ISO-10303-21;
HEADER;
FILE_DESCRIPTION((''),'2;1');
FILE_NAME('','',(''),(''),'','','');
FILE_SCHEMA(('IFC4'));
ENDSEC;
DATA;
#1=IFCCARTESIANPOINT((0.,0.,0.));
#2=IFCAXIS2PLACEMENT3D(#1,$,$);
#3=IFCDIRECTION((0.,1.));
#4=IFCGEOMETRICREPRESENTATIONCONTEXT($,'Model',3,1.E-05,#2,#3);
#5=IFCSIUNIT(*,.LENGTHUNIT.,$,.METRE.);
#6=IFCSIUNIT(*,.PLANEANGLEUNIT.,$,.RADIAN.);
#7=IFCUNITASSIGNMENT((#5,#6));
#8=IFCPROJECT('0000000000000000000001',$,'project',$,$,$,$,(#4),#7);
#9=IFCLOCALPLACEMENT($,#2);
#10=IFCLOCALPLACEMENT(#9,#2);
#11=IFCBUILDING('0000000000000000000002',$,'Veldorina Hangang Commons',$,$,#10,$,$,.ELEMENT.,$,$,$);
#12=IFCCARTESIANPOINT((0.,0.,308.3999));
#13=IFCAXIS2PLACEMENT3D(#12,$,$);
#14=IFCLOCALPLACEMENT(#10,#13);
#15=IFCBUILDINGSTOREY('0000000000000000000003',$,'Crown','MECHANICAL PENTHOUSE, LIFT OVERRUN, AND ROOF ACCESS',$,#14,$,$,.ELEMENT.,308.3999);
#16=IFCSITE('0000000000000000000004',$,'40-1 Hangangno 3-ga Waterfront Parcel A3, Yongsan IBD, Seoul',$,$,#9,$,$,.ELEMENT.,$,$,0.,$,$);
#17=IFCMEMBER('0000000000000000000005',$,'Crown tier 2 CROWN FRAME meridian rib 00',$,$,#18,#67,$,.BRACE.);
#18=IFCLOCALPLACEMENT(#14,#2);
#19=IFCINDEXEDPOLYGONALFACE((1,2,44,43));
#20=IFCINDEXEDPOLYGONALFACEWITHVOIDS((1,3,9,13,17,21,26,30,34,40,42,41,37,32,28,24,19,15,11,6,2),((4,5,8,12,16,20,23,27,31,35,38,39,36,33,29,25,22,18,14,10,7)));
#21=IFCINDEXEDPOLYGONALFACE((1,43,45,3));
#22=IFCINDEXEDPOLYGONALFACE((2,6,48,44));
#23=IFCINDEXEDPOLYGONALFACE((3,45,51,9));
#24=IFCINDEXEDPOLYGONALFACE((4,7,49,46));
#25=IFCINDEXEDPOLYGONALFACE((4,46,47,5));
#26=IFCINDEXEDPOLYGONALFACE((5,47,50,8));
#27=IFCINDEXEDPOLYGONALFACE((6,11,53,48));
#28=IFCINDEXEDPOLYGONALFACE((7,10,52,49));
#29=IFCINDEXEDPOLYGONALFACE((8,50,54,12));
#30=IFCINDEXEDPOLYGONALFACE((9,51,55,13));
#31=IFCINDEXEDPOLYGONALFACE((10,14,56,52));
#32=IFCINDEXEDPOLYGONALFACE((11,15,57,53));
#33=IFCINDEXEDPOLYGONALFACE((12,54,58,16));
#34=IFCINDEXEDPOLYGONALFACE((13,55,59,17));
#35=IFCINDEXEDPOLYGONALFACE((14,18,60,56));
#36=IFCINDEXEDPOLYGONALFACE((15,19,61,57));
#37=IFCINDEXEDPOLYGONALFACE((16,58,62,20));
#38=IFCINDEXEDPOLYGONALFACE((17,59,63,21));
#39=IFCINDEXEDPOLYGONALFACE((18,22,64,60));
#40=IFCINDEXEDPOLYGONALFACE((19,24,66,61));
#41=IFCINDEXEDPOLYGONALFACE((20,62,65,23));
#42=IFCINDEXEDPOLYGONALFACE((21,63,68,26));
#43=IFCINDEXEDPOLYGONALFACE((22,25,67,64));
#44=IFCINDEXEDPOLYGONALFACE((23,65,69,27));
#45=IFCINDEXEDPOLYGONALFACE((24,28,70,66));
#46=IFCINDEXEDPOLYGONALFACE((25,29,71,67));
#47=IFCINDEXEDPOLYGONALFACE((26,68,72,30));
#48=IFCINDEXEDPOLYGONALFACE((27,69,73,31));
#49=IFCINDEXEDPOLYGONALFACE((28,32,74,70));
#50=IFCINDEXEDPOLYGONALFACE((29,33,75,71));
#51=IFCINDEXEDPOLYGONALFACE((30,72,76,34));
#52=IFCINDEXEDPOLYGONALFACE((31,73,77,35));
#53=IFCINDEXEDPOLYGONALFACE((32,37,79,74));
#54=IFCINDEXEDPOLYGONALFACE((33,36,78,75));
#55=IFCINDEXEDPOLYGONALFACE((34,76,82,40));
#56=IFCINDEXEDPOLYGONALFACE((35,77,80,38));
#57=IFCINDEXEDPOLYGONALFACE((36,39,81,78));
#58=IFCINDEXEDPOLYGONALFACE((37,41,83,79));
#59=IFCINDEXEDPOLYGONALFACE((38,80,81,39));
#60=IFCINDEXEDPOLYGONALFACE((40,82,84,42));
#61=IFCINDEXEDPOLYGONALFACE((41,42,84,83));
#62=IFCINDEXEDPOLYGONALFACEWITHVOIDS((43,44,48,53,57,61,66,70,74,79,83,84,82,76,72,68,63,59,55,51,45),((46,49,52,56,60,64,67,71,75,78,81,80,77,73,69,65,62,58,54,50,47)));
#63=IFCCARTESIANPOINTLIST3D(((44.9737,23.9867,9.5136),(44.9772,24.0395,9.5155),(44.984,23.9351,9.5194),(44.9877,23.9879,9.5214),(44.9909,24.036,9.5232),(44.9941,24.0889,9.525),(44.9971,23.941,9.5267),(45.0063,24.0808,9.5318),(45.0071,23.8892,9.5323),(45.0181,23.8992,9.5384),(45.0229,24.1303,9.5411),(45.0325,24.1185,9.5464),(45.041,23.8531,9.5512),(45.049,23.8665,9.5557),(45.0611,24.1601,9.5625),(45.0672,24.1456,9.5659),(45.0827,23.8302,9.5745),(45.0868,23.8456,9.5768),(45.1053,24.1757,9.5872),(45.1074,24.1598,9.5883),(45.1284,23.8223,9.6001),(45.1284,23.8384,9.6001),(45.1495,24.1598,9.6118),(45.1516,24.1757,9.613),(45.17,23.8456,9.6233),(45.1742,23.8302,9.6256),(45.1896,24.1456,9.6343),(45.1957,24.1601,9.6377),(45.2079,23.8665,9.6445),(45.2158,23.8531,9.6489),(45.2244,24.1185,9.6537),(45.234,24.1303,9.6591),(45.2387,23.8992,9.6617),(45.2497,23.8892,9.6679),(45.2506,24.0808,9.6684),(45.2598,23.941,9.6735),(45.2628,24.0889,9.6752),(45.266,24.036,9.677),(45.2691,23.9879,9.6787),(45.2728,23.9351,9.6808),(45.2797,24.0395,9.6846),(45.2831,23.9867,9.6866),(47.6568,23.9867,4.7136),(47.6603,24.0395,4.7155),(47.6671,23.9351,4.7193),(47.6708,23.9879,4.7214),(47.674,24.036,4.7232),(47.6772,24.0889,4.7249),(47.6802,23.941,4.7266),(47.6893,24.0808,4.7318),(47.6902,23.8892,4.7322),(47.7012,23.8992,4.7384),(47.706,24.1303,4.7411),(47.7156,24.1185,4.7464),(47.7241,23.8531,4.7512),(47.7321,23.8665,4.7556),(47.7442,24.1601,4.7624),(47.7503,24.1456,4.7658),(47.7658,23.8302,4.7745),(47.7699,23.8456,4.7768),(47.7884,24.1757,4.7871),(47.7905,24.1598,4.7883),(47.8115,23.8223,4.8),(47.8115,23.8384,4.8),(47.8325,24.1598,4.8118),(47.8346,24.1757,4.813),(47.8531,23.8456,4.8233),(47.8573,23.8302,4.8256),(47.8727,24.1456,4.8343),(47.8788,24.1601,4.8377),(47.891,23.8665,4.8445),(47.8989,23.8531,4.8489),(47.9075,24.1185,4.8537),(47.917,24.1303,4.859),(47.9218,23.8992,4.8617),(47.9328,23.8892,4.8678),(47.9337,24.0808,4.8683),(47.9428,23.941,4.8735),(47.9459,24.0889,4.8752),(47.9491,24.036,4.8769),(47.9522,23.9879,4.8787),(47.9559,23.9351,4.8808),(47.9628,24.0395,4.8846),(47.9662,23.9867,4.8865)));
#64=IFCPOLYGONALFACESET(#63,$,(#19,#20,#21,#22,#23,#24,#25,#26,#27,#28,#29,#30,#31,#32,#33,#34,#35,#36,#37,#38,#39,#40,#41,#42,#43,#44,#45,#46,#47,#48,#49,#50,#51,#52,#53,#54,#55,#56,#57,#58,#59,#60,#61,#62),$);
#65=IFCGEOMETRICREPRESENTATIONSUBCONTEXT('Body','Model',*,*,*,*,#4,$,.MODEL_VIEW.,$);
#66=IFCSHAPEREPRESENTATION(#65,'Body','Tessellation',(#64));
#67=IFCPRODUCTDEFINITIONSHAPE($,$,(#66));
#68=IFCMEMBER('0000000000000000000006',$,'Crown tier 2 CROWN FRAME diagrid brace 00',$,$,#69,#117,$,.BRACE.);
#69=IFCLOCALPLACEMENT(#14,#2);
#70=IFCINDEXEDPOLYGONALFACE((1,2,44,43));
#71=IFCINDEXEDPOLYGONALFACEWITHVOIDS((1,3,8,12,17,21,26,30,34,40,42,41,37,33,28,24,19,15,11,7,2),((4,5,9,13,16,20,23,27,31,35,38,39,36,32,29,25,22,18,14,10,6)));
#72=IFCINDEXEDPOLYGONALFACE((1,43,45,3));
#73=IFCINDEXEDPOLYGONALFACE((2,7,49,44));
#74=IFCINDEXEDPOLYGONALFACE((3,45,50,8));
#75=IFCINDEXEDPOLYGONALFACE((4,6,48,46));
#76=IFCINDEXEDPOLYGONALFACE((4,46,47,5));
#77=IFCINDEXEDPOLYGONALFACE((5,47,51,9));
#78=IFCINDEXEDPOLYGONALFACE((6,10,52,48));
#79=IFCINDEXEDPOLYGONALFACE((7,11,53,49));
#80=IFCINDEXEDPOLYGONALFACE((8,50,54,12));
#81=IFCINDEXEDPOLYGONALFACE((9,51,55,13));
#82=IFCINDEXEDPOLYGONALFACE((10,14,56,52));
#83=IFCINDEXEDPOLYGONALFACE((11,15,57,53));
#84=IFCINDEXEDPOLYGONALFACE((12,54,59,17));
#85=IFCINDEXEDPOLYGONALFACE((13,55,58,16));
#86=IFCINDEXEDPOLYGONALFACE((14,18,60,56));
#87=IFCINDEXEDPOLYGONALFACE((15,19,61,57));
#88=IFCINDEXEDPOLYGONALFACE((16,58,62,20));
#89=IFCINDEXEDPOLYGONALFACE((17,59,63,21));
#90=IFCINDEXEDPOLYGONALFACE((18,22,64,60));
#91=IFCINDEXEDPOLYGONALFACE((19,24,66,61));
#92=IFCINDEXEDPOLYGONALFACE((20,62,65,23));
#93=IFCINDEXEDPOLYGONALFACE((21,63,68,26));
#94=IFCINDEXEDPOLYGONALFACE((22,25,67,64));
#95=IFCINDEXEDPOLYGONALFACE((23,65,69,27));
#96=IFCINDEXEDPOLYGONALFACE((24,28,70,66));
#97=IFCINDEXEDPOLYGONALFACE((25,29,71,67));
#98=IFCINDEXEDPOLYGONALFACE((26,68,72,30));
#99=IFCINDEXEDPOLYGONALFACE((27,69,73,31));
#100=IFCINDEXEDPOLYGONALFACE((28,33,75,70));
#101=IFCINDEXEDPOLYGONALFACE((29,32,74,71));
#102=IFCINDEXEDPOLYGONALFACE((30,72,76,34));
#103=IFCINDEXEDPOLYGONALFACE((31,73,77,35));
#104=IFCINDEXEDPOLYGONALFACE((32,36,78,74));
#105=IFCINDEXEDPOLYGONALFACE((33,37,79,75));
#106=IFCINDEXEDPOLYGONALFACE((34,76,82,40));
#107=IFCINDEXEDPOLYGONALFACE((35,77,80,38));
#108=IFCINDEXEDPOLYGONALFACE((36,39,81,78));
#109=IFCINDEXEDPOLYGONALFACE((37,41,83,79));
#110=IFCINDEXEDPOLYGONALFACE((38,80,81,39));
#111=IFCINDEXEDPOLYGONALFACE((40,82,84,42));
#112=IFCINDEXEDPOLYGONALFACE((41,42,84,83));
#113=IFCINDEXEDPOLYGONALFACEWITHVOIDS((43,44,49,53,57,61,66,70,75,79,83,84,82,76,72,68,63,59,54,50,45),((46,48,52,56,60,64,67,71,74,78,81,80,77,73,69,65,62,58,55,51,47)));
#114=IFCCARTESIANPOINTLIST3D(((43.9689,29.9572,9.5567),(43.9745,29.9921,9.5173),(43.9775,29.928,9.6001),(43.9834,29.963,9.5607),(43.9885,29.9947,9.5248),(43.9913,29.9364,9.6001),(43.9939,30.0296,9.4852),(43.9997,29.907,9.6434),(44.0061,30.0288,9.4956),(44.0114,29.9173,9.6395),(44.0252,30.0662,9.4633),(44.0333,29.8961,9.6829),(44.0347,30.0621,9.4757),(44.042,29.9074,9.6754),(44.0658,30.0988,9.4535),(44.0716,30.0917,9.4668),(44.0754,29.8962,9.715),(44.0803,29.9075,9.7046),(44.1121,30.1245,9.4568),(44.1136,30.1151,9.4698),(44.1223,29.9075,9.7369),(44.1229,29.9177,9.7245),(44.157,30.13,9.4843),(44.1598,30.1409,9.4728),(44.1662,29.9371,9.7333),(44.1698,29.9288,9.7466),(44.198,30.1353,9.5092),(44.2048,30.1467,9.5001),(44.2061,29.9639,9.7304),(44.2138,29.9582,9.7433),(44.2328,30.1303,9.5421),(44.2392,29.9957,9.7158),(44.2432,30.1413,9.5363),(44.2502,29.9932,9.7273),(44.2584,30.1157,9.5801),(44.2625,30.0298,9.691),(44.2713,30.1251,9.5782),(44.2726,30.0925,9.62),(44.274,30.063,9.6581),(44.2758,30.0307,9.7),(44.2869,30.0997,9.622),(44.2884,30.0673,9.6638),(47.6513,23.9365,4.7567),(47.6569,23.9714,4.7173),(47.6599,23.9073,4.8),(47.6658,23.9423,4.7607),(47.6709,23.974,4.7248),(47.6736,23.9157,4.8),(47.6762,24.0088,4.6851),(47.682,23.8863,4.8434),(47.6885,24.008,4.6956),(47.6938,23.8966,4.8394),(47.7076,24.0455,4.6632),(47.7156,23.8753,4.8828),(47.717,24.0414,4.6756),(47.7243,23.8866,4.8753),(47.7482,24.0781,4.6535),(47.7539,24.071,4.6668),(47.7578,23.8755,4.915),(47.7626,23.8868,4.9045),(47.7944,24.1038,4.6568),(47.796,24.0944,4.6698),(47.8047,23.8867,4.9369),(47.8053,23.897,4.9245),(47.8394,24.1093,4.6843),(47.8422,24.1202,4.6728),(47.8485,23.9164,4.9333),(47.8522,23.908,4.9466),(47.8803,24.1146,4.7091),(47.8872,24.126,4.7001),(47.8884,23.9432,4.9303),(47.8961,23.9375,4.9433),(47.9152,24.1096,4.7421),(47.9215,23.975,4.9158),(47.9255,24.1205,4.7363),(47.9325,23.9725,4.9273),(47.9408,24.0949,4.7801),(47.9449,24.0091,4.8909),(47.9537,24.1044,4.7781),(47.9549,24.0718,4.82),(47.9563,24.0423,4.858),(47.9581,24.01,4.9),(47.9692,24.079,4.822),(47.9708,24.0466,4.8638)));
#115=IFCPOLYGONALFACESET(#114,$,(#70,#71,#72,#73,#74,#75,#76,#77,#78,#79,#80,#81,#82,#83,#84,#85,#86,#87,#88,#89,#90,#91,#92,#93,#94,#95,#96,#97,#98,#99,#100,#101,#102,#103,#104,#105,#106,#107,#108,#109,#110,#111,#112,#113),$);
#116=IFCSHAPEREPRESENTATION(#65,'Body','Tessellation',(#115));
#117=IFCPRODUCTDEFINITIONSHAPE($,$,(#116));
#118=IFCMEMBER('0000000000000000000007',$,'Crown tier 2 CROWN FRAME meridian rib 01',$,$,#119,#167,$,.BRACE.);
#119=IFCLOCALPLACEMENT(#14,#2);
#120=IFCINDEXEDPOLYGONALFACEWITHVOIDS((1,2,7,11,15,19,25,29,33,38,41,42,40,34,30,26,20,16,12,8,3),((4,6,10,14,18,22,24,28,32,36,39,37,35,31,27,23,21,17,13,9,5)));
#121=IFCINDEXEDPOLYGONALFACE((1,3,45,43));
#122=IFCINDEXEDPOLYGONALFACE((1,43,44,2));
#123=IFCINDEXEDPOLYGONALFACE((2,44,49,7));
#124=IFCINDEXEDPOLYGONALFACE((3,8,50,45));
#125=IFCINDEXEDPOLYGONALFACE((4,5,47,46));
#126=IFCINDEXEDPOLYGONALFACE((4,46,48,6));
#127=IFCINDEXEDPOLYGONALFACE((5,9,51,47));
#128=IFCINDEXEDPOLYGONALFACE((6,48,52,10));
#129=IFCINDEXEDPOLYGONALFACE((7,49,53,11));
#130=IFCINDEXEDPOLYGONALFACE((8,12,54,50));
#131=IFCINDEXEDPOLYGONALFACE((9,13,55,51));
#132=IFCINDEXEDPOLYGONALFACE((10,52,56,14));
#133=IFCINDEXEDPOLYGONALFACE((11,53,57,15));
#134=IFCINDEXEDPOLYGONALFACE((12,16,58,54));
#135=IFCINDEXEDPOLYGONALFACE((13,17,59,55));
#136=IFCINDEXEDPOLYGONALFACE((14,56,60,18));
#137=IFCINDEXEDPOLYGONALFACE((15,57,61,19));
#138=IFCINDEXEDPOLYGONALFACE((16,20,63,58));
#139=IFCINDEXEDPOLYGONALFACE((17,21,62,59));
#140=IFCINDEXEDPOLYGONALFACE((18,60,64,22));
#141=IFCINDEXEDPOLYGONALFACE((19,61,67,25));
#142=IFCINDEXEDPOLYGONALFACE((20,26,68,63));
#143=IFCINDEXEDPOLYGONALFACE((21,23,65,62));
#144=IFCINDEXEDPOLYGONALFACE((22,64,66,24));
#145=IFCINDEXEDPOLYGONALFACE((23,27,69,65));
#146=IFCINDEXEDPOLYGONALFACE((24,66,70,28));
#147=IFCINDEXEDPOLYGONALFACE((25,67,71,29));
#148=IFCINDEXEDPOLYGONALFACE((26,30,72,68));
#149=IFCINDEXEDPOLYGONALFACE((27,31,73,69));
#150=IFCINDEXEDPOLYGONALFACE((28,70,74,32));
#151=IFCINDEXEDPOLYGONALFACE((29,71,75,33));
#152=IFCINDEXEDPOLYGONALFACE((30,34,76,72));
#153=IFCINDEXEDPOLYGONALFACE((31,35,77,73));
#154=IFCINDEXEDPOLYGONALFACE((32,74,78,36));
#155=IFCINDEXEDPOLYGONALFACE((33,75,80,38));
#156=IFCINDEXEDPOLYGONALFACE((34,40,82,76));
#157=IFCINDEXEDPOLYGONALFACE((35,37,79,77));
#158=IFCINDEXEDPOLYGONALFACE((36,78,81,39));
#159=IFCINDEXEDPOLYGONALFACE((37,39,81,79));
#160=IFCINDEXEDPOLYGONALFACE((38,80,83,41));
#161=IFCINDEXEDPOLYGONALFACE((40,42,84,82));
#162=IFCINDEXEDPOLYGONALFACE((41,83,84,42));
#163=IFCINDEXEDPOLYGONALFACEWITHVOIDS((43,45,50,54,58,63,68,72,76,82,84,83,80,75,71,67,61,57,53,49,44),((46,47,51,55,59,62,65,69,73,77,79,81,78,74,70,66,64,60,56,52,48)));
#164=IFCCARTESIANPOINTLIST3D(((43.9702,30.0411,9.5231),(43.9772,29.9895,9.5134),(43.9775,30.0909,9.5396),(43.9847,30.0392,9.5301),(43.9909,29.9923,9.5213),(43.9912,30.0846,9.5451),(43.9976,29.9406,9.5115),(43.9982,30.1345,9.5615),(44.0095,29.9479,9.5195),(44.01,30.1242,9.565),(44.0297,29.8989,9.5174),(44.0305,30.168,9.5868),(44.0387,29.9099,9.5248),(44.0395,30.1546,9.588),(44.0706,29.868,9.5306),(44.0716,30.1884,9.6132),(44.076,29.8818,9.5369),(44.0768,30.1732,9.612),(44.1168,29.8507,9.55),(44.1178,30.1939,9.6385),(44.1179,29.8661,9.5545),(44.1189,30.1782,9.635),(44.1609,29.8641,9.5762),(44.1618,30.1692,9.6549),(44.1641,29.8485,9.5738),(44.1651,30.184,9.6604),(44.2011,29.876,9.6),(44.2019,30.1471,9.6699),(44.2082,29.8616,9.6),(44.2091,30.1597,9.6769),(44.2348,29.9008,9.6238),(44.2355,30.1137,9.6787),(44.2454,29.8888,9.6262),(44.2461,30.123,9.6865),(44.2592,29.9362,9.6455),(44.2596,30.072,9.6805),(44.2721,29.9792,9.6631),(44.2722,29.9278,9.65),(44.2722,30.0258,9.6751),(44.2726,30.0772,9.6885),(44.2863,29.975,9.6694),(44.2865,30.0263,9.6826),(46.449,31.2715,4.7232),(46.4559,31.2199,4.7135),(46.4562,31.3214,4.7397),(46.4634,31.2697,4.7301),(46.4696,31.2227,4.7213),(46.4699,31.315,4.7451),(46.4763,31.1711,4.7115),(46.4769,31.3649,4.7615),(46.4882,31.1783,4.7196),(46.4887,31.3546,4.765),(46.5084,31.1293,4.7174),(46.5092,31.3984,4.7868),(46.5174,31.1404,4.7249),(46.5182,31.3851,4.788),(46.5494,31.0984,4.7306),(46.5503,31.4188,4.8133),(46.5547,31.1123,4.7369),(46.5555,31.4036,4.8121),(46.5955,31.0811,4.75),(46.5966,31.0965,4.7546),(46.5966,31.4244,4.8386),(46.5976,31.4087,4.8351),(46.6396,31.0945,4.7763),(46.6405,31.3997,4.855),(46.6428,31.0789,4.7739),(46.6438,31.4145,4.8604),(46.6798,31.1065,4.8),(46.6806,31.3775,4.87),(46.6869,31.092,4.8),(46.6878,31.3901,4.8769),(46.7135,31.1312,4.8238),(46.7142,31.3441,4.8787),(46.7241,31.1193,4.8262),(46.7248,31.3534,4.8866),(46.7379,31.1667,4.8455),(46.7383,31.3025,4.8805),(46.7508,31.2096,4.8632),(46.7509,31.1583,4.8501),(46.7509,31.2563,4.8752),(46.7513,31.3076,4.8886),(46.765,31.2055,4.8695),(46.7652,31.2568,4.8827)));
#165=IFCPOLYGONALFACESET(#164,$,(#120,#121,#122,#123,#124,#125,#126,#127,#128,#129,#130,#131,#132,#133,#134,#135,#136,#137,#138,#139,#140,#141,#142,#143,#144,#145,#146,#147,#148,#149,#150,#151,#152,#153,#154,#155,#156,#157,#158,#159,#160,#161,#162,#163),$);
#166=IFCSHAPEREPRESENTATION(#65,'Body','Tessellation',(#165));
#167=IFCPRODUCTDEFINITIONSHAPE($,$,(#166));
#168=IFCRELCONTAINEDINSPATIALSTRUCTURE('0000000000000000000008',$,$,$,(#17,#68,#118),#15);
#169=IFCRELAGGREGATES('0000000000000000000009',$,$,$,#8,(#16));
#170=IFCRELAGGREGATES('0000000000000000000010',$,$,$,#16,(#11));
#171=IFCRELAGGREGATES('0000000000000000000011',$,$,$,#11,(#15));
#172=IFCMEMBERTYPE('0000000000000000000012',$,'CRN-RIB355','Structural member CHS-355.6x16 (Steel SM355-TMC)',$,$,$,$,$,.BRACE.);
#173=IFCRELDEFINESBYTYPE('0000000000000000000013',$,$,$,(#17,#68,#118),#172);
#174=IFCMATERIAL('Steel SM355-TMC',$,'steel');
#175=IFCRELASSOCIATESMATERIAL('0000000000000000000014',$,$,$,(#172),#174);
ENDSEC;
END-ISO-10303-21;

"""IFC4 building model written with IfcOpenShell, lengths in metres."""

from ifc_helpers import new_model, si_unit, direction, frame, origin, origin_2d, place, context, subcontext, project, spatial, hollow_circle, extrude, material, material_profile, profile_set, type_object, element, save


model = new_model("IFC4")

# Units and contexts
model_context = context("Model", 3, precision=1e-05, world=origin(), true_north=direction((0.0, 1.0)))
body_context = subcontext(model_context, "Body", "Model", "MODEL_VIEW")
ifc_project = project(units=[si_unit("LENGTHUNIT", "METRE"), si_unit("PLANEANGLEUNIT", "RADIAN")], contexts=[model_context])

# Site, building, storey
site_placement = place(None, origin())
site = spatial("IfcSite", under=ifc_project, at=site_placement, Name="40-1 Hangangno 3-ga Waterfront Parcel A3, Yongsan IBD, Seoul", CompositionType="ELEMENT", RefElevation=0.0)
building_placement = place(site_placement, origin())
building = spatial("IfcBuilding", under=site, at=building_placement, Name="Veldorina Hangang Commons", CompositionType="ELEMENT")
storey_placement = place(building_placement, frame((0.0, 0.0, 308.3999)))
storey = spatial("IfcBuildingStorey", under=building, at=storey_placement, Name="Crown", Description="MECHANICAL PENTHOUSE, LIFT OVERRUN, AND ROOF ACCESS", CompositionType="ELEMENT", Elevation=308.3999)

# Members
ifc_material_1 = material(Name="Steel SM355-TMC", Category="steel")
ifc_material_profile_1 = material_profile(ifc_material_1, hollow_circle(Radius=0.1777, WallThickness=0.0161, at=origin_2d()), Name="CHS-355.6x16")
ifc_profile_set_1 = profile_set([ifc_material_profile_1], Name="Steel SM355-TMC")
member_type_1 = type_object("IfcMemberType", Name="CRN-RIB355", Description="Structural member CHS-355.6x16 (Steel SM355-TMC)", PredefinedType="BRACE", material=ifc_profile_set_1)
member_1_placement = place(storey_placement, frame((47.8115, 24.0, 4.8), z_axis=(-0.487922, 0.0, 0.872887), x_axis=(0.0, -1.0, 0.0)))
element("IfcMember", 1, at=member_1_placement, inside=storey, type_object=member_type_1, Name="Crown tier 2 CROWN FRAME meridian rib 00", PredefinedType="BRACE", context=body_context, shape_type="SweptSolid", body=[
    extrude(hollow_circle(Radius=0.1777, WallThickness=0.0161, at=origin_2d()), origin(), (0.0, 0.0, 1.0), 5.499),
])
member_2_placement = place(storey_placement, frame((47.8115, 24.0, 4.8), z_axis=(-0.431433, 0.705402, 0.562382), x_axis=(-0.853091, -0.521762, 0.0)))
element("IfcMember", 2, at=member_2_placement, inside=storey, type_object=member_type_1, Name="Crown tier 2 CROWN FRAME diagrid brace 00", PredefinedType="BRACE", context=body_context, shape_type="SweptSolid", body=[
    extrude(hollow_circle(Radius=0.1777, WallThickness=0.0161, at=origin_2d()), origin(), (0.0, 0.0, 1.0), 8.5352),
])
member_3_placement = place(storey_placement, frame((46.6079, 31.2512, 4.8), z_axis=(-0.447377, -0.22208, 0.866334), x_axis=(0.444636, -0.895712, 0.0)))
element("IfcMember", 3, at=member_3_placement, inside=storey, type_object=member_type_1, Name="Crown tier 2 CROWN FRAME meridian rib 01", PredefinedType="BRACE", context=body_context, shape_type="SweptSolid", body=[
    extrude(hollow_circle(Radius=0.1777, WallThickness=0.0161, at=origin_2d()), origin(), (0.0, 0.0, 1.0), 5.5405),
])

save(model, "model.ifc")
